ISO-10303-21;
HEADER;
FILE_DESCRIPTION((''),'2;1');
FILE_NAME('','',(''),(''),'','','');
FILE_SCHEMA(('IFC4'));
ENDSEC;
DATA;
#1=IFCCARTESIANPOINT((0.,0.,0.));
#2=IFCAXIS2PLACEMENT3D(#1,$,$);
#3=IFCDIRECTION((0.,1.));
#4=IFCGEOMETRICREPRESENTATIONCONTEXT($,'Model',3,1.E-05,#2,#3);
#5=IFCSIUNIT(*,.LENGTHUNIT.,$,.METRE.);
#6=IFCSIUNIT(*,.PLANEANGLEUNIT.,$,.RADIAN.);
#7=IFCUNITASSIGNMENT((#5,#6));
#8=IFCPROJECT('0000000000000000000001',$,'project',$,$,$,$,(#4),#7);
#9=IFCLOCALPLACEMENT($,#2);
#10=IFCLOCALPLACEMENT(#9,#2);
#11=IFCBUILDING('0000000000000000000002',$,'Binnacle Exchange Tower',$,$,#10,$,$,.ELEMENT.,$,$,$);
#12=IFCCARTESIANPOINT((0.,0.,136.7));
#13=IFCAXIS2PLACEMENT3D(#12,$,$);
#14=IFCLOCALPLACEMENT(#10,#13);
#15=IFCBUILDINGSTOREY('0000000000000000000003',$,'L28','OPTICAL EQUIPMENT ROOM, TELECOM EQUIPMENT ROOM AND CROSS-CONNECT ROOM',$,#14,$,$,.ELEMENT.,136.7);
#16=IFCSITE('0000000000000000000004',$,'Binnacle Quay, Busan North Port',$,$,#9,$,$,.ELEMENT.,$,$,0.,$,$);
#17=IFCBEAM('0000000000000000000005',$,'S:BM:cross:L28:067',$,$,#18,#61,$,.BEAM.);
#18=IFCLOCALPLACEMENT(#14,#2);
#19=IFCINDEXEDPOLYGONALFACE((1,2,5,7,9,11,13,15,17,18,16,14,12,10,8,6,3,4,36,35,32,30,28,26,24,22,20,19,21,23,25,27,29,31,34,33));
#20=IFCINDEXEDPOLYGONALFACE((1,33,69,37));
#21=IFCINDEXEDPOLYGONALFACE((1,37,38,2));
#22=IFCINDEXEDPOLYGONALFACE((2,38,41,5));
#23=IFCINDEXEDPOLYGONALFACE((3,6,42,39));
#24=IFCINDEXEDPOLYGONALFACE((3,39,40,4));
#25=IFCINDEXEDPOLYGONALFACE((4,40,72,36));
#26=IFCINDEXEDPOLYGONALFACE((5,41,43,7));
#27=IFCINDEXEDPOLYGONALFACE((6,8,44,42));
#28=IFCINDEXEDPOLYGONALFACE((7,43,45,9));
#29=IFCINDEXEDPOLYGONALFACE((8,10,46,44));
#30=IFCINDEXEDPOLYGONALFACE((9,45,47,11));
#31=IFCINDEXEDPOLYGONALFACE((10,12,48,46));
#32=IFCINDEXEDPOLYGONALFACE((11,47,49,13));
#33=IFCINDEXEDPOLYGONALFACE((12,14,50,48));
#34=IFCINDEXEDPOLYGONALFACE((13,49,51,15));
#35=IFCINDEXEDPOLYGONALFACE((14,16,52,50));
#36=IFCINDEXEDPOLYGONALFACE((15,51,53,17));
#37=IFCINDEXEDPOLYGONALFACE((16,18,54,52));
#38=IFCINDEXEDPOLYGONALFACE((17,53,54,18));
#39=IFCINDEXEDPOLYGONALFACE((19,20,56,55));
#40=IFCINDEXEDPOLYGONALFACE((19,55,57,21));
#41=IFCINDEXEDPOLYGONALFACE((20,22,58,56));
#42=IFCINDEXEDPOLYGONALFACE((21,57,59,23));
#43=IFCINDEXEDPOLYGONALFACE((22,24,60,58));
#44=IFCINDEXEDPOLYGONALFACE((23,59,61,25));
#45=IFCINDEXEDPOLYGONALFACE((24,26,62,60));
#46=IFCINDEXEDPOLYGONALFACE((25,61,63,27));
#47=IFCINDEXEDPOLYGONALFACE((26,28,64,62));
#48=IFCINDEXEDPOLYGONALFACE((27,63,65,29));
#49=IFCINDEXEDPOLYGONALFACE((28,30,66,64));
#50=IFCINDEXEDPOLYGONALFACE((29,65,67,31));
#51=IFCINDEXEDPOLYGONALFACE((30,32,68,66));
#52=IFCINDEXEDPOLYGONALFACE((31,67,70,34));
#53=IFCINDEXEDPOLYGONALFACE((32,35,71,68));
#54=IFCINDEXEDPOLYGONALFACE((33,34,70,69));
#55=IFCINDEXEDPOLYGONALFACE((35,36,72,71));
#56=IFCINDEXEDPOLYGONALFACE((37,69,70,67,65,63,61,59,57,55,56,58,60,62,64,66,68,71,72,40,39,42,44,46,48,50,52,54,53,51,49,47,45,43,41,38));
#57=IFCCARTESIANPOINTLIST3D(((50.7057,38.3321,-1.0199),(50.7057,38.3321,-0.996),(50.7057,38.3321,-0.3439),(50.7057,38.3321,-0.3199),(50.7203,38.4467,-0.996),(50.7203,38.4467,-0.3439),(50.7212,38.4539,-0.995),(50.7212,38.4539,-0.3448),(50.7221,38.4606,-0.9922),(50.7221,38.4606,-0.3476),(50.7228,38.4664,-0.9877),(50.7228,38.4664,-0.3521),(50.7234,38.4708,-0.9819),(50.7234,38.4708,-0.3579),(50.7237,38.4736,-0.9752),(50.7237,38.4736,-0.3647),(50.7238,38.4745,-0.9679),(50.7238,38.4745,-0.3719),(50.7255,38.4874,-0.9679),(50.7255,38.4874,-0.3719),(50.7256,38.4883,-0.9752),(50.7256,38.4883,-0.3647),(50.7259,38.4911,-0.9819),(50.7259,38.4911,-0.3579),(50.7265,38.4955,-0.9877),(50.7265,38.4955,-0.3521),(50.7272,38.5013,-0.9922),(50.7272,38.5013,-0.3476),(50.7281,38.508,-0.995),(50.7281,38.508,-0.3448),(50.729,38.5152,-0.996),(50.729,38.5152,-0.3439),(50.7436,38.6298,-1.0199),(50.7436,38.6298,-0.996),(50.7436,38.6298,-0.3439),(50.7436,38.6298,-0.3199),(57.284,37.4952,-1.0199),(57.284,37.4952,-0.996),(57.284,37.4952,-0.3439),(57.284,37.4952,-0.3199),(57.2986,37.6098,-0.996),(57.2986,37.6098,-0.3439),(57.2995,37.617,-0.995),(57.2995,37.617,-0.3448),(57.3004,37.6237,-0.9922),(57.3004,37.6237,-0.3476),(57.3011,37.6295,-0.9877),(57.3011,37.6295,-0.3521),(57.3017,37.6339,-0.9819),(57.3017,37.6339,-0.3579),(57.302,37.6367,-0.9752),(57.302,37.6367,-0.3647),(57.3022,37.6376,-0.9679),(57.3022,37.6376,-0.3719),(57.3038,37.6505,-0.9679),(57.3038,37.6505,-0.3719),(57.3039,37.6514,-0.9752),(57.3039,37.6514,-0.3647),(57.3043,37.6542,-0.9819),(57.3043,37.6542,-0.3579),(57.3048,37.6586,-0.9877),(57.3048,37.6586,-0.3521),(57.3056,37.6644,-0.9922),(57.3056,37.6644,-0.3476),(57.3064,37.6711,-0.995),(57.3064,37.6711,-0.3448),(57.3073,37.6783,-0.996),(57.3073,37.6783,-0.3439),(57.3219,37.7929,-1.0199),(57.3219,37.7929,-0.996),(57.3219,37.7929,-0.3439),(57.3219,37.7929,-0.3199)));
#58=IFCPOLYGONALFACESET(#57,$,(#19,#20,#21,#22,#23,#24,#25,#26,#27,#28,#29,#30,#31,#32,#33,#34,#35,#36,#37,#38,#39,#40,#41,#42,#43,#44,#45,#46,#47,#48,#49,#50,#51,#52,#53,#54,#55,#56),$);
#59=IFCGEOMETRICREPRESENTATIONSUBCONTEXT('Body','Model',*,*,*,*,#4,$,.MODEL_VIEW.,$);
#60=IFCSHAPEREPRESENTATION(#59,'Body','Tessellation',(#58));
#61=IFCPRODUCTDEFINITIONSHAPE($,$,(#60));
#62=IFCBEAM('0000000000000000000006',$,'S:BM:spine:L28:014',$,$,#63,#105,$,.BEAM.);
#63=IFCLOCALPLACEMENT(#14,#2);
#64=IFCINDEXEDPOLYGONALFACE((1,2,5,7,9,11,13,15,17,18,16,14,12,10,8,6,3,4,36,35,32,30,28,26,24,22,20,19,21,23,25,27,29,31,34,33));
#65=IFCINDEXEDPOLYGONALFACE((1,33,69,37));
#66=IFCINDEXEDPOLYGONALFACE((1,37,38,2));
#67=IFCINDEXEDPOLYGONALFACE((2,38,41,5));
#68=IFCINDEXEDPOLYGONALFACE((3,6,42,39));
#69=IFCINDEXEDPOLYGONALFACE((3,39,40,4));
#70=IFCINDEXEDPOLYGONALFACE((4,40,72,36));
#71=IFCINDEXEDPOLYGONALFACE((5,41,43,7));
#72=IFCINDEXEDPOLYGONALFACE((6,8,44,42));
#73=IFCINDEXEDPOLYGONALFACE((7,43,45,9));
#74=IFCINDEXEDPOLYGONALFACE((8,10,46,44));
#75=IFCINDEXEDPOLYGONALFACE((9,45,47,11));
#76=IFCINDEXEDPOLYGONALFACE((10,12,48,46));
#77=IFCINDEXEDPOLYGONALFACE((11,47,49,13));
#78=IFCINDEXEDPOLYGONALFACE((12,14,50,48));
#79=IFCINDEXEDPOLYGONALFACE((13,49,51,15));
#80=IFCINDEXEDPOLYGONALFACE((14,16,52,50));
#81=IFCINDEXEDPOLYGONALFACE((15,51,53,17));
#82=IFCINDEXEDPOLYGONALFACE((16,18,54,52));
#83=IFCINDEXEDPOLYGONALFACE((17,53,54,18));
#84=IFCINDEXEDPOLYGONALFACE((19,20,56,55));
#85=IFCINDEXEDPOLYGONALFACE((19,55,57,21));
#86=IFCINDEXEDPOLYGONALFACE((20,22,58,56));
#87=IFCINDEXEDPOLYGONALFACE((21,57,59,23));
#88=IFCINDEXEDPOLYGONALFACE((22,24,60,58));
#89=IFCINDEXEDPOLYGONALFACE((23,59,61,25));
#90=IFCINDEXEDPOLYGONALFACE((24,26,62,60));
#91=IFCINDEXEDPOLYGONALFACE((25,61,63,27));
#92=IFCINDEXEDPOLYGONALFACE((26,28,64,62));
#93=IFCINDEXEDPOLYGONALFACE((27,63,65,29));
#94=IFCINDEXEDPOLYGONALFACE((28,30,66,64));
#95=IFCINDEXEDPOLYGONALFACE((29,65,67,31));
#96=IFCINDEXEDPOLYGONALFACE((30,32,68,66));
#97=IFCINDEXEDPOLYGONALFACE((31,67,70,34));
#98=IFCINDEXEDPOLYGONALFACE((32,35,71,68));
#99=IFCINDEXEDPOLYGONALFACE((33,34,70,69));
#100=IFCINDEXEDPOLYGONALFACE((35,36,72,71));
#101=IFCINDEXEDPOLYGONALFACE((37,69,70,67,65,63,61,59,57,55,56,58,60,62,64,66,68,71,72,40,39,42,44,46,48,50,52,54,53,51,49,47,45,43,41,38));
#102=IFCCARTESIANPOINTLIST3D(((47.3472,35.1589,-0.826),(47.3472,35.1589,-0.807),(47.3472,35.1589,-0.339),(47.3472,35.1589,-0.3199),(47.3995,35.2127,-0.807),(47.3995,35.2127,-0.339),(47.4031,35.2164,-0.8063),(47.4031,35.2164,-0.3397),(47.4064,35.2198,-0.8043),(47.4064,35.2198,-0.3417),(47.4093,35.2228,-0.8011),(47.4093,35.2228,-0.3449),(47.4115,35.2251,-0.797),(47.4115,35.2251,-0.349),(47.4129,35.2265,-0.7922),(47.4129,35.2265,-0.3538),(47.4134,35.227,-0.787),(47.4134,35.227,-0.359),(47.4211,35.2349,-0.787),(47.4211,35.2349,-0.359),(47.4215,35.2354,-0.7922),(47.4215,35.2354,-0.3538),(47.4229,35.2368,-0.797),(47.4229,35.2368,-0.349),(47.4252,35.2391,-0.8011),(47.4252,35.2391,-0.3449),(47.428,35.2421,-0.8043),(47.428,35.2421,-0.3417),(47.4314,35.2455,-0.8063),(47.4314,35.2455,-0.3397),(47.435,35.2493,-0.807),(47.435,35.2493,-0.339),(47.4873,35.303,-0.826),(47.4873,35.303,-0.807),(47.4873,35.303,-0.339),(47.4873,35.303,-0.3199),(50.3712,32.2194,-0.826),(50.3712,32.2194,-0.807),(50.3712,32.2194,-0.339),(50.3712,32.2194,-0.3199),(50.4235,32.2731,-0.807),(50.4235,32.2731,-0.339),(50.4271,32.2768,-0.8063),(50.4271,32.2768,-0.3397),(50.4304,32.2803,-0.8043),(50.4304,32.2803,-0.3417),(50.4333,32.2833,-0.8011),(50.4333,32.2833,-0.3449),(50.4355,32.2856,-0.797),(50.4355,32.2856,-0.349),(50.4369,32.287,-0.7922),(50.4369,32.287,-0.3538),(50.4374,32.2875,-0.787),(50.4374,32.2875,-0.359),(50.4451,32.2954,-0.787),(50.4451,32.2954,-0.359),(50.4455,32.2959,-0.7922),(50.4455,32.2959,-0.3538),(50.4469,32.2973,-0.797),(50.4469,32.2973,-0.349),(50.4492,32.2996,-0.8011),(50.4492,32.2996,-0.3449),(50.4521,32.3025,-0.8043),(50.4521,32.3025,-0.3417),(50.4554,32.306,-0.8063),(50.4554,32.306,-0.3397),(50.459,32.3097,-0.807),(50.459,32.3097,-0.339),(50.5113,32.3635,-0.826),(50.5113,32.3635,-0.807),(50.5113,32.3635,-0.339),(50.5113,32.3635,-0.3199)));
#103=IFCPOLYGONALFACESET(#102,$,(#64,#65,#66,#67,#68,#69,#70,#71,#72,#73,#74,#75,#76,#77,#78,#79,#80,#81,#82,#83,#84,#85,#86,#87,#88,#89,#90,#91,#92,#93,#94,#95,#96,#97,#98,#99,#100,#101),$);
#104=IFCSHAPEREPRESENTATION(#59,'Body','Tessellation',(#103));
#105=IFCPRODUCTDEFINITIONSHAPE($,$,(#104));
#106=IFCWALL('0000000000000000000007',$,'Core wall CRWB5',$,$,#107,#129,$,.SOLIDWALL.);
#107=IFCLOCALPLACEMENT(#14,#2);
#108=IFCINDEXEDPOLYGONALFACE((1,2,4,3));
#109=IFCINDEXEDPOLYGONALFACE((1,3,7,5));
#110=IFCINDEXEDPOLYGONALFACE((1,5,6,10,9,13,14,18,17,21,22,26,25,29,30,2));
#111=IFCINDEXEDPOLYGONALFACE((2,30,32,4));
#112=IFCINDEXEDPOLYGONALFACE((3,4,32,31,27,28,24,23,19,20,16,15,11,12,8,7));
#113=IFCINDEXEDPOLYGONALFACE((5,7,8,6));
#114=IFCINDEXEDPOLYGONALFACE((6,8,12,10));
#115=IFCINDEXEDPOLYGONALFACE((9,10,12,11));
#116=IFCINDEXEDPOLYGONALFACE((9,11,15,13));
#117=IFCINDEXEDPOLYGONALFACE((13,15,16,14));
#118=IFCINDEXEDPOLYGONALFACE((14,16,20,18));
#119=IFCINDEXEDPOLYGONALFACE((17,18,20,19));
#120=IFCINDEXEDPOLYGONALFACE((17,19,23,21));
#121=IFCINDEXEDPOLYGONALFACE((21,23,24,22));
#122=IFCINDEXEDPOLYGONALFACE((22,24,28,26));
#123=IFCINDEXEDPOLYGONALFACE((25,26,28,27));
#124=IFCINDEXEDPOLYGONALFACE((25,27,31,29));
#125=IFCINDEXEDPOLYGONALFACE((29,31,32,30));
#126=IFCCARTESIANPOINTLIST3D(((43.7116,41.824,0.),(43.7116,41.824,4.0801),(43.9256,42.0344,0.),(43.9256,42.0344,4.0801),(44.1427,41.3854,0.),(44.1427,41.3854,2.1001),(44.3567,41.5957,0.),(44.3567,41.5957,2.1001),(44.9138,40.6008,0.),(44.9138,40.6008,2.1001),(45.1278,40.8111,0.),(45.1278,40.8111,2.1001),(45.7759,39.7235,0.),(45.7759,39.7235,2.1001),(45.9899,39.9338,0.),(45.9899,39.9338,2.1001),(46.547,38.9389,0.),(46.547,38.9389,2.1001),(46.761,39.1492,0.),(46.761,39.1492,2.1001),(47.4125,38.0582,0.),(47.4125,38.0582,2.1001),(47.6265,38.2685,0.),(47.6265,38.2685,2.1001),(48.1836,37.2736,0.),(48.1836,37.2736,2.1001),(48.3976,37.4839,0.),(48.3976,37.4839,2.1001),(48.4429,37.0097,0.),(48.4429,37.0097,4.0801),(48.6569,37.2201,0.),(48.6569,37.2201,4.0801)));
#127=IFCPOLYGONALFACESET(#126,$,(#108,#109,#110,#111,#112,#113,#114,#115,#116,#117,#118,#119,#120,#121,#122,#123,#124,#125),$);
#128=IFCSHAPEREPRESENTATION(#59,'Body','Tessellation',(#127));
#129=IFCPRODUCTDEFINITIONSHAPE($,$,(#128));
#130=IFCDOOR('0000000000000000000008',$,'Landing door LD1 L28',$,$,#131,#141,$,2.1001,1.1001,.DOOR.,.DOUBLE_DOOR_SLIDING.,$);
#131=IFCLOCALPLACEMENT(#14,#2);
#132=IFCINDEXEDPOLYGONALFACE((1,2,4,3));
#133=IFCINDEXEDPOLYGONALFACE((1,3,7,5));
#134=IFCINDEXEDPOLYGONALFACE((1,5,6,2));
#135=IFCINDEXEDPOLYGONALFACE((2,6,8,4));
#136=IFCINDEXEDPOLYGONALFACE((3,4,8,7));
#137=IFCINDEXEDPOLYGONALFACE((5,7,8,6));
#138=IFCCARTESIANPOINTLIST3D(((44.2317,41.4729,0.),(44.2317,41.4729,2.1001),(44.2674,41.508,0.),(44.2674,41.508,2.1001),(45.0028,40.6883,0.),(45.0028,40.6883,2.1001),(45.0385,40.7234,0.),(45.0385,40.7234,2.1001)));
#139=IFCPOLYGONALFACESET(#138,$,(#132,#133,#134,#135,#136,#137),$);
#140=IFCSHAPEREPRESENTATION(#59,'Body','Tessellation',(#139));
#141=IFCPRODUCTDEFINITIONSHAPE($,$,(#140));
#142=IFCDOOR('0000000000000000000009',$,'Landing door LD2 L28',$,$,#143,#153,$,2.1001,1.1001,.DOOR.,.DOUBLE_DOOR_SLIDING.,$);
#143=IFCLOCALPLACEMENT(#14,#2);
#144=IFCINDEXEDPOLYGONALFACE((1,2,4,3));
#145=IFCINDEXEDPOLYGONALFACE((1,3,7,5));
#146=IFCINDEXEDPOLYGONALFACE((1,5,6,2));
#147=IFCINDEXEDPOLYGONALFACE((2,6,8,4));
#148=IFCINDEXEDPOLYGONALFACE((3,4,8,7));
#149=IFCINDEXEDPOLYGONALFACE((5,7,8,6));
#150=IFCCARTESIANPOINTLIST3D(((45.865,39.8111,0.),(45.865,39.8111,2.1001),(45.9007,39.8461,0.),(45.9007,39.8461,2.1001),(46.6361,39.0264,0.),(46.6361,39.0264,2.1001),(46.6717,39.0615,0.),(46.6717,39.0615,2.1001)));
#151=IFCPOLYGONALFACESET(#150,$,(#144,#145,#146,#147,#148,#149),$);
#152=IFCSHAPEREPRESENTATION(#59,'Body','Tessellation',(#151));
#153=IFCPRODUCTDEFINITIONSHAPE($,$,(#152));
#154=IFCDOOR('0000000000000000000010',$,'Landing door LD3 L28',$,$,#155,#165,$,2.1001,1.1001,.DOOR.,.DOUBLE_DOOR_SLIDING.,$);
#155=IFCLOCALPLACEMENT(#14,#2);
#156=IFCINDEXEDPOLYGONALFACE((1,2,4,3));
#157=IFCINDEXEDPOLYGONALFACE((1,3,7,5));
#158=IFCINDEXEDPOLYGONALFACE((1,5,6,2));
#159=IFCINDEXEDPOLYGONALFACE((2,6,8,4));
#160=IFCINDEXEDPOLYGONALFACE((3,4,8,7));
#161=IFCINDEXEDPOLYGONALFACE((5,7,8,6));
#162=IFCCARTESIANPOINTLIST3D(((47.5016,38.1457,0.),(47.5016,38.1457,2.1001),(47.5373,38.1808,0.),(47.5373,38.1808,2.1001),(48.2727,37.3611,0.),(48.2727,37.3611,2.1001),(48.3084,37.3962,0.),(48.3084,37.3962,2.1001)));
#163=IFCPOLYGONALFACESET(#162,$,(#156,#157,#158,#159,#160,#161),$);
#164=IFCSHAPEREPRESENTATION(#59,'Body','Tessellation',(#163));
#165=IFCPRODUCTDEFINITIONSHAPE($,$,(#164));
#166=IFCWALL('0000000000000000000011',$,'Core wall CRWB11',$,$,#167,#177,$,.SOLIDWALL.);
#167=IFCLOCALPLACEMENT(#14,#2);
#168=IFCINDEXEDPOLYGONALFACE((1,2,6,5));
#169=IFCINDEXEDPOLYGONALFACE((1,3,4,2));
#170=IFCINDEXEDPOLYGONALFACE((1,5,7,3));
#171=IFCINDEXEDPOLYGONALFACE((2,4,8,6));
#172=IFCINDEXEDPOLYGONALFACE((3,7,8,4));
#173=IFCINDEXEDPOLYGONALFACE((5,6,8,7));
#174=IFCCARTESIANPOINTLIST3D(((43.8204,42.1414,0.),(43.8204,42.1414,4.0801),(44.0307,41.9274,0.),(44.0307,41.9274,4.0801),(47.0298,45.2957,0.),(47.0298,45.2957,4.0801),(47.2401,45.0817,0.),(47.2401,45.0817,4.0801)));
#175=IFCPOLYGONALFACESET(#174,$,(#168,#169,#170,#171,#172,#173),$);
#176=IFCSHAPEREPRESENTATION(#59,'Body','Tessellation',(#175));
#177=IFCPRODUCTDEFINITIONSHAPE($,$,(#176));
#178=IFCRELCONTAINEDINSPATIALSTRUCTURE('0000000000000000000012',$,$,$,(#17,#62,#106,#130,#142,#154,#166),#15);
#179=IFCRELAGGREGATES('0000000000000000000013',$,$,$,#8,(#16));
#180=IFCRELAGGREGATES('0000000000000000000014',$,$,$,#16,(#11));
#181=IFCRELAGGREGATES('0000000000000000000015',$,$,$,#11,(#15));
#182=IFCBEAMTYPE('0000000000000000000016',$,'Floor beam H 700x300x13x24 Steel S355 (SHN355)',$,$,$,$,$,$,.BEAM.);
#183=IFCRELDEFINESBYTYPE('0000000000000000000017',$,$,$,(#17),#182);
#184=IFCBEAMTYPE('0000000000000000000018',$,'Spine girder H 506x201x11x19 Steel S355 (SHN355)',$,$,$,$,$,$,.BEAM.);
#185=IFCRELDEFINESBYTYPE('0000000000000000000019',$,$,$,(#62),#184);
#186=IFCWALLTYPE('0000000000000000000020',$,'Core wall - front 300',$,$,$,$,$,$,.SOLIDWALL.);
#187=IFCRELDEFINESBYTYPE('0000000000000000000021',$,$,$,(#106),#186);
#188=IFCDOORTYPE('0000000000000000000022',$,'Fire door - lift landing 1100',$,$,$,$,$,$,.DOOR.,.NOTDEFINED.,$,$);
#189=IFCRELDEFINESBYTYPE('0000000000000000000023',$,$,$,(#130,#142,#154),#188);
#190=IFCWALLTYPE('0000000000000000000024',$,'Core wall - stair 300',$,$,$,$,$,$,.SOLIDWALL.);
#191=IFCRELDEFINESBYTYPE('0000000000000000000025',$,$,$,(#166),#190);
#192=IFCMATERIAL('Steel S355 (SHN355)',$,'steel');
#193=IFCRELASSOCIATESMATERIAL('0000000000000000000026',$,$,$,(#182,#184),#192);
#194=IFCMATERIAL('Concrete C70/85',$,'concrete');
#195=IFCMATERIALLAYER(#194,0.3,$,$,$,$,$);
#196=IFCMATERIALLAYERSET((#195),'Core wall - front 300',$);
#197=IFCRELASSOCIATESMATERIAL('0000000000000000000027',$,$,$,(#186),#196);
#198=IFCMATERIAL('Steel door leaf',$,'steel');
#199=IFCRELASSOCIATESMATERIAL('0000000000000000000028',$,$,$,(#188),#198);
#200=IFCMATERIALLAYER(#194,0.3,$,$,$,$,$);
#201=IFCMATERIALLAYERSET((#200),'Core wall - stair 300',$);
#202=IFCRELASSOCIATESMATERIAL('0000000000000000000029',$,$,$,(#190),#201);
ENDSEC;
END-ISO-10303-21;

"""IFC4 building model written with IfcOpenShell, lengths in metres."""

from ifc_helpers import new_model, si_unit, direction, frame, frame_2d, origin, origin_2d, place, context, subcontext, project, spatial, rectangle, i_section, extrude, material, layer, layer_set, material_profile, profile_set, type_object, element, fill, save


model = new_model("IFC4")

# Units and contexts
model_context = context("Model", 3, precision=1e-05, world=origin(), true_north=direction((0.0, 1.0)))
body_context = subcontext(model_context, "Body", "Model", "MODEL_VIEW")
ifc_project = project(units=[si_unit("LENGTHUNIT", "METRE"), si_unit("PLANEANGLEUNIT", "RADIAN")], contexts=[model_context])

# Site, building, storey
site_placement = place(None, origin())
site = spatial("IfcSite", under=ifc_project, at=site_placement, Name="Binnacle Quay, Busan North Port", CompositionType="ELEMENT", RefElevation=0.0)
building_placement = place(site_placement, origin())
building = spatial("IfcBuilding", under=site, at=building_placement, Name="Binnacle Exchange Tower", CompositionType="ELEMENT")
storey_placement = place(building_placement, frame((0.0, 0.0, 136.7)))
storey = spatial("IfcBuildingStorey", under=building, at=storey_placement, Name="L28", Description="OPTICAL EQUIPMENT ROOM, TELECOM EQUIPMENT ROOM AND CROSS-CONNECT ROOM", CompositionType="ELEMENT", Elevation=136.7)

# Shared definitions
ifc_material_1 = material(Name="Concrete C70/85", Category="concrete")

# Beams
ifc_material_2 = material(Name="Steel S355 (SHN355)", Category="steel")
ifc_material_profile_1 = material_profile(ifc_material_2, i_section(OverallWidth=0.3, OverallDepth=0.7, WebThickness=0.0129, FlangeThickness=0.0239, FilletRadius=0.0281, at=origin_2d()), Name="H 700x300x13x24")
ifc_profile_set_1 = profile_set([ifc_material_profile_1], Name="Steel S355 (SHN355)")
beam_type_1 = type_object("IfcBeamType", Name="Floor beam H 700x300x13x24 Steel S355 (SHN355)", PredefinedType="BEAM", material=ifc_profile_set_1)
beam_1_placement = place(storey_placement, frame((57.303, 37.644, -0.6699), z_axis=(-0.992004, 0.126205, 0.0), x_axis=(-0.126205, -0.992004, 0.0)))
element("IfcBeam", 1, at=beam_1_placement, inside=storey, type_object=beam_type_1, Name="S:BM:cross:L28:067", PredefinedType="BEAM", context=body_context, shape_type="SweptSolid", body=[
    extrude(i_section(OverallWidth=0.3, OverallDepth=0.7, WebThickness=0.0129, FlangeThickness=0.0239, FilletRadius=0.0281, at=origin_2d()), origin(), (0.0, 0.0, 1.0), 6.6313),
])
ifc_material_profile_2 = material_profile(ifc_material_2, i_section(OverallWidth=0.2009, OverallDepth=0.5061, WebThickness=0.011, FlangeThickness=0.019, FilletRadius=0.02, at=origin_2d()), Name="H 506x201x11x19")
ifc_profile_set_2 = profile_set([ifc_material_profile_2], Name="Steel S355 (SHN355)")
beam_type_2 = type_object("IfcBeamType", Name="Spine girder H 506x201x11x19 Steel S355 (SHN355)", PredefinedType="BEAM", material=ifc_profile_set_2)
beam_2_placement = place(storey_placement, frame((47.4172, 35.231, -0.573), z_axis=(0.717051, -0.697021, 0.0), x_axis=(0.697021, 0.717051, 0.0)))
element("IfcBeam", 2, at=beam_2_placement, inside=storey, type_object=beam_type_2, Name="S:BM:spine:L28:014", PredefinedType="BEAM", context=body_context, shape_type="SweptSolid", body=[
    extrude(i_section(OverallWidth=0.2009, OverallDepth=0.5061, WebThickness=0.011, FlangeThickness=0.019, FilletRadius=0.02, at=origin_2d()), origin(), (0.0, 0.0, 1.0), 4.2173),
])

# Wall, openings, doors
ifc_layer_1 = layer(ifc_material_1, 0.3)
ifc_layer_set_1 = layer_set([ifc_layer_1], Name="Core wall - front 300")
wall_type_1 = type_object("IfcWallType", Name="Core wall - front 300", PredefinedType="SOLIDWALL", material=ifc_layer_set_1)
wall_1_placement = place(storey_placement, frame((43.8186, 41.9292, 0.0), z_axis=(0.0, 0.0, 1.0), x_axis=(0.700931, -0.713229, 0.0)))
wall_1 = element("IfcWall", 3, at=wall_1_placement, inside=storey, type_object=wall_type_1, Name="Core wall CRWB5", PredefinedType="SOLIDWALL", context=body_context, shape_type="SweptSolid", body=[
    extrude(rectangle(XDim=6.75, YDim=0.3, at=frame_2d((3.375, 0.0))), origin(), (0.0, 0.0, 1.0), 4.0801),
])
opening_1_placement = place(wall_1_placement, frame((0.615, 0.0, 0.0)))
opening_1 = element("IfcOpeningElement", 4, at=opening_1_placement, cuts=wall_1, PredefinedType="OPENING", context=body_context, shape_type="SweptSolid", body=[
    extrude(rectangle(XDim=1.1001, YDim=2.1001, at=frame_2d((0.55, 1.05))), frame((0.0, 0.1599, 0.0), z_axis=(0.0, -1.0, 0.0), x_axis=(1.0, 0.0, 0.0)), (0.0, 0.0, 1.0), 0.3201),
])
opening_2_placement = place(wall_1_placement, frame((2.9451, 0.0, 0.0)))
opening_2 = element("IfcOpeningElement", 5, at=opening_2_placement, cuts=wall_1, PredefinedType="OPENING", context=body_context, shape_type="SweptSolid", body=[
    extrude(rectangle(XDim=1.1001, YDim=2.1001, at=frame_2d((0.55, 1.05))), frame((0.0, 0.1599, 0.0), z_axis=(0.0, -1.0, 0.0), x_axis=(1.0, 0.0, 0.0)), (0.0, 0.0, 1.0), 0.3201),
])
opening_3_placement = place(wall_1_placement, frame((5.28, 0.0, 0.0)))
opening_3 = element("IfcOpeningElement", 6, at=opening_3_placement, cuts=wall_1, PredefinedType="OPENING", context=body_context, shape_type="SweptSolid", body=[
    extrude(rectangle(XDim=1.1001, YDim=2.1001, at=frame_2d((0.55, 1.05))), frame((0.0, 0.1599, 0.0), z_axis=(0.0, -1.0, 0.0), x_axis=(1.0, 0.0, 0.0)), (0.0, 0.0, 1.0), 0.3201),
])
ifc_material_3 = material(Name="Steel door leaf", Category="steel")
door_type_1 = type_object("IfcDoorType", Name="Fire door - lift landing 1100", OperationType="NOTDEFINED", PredefinedType="DOOR", material=ifc_material_3)
door_1_placement = place(opening_1_placement, origin())
door_1 = element("IfcDoor", 7, at=door_1_placement, inside=storey, type_object=door_type_1, Name="Landing door LD1 L28", OperationType="DOUBLE_DOOR_SLIDING", OverallHeight=2.1001, OverallWidth=1.1001, PredefinedType="DOOR", context=body_context, shape_type="SweptSolid", body=[
    extrude(rectangle(XDim=1.1001, YDim=2.1001, at=frame_2d((0.55, 1.05))), frame((0.0, 0.0249, 0.0), z_axis=(0.0, -1.0, 0.0), x_axis=(1.0, 0.0, 0.0)), (0.0, 0.0, 1.0), 0.05),
])
fill(opening_1, door_1)
door_2_placement = place(opening_2_placement, origin())
door_2 = element("IfcDoor", 8, at=door_2_placement, inside=storey, type_object=door_type_1, Name="Landing door LD2 L28", OperationType="DOUBLE_DOOR_SLIDING", OverallHeight=2.1001, OverallWidth=1.1001, PredefinedType="DOOR", context=body_context, shape_type="SweptSolid", body=[
    extrude(rectangle(XDim=1.1001, YDim=2.1001, at=frame_2d((0.55, 1.05))), frame((0.0, 0.0249, 0.0), z_axis=(0.0, -1.0, 0.0), x_axis=(1.0, 0.0, 0.0)), (0.0, 0.0, 1.0), 0.05),
])
fill(opening_2, door_2)
door_3_placement = place(opening_3_placement, origin())
door_3 = element("IfcDoor", 9, at=door_3_placement, inside=storey, type_object=door_type_1, Name="Landing door LD3 L28", OperationType="DOUBLE_DOOR_SLIDING", OverallHeight=2.1001, OverallWidth=1.1001, PredefinedType="DOOR", context=body_context, shape_type="SweptSolid", body=[
    extrude(rectangle(XDim=1.1001, YDim=2.1001, at=frame_2d((0.55, 1.05))), frame((0.0, 0.0249, 0.0), z_axis=(0.0, -1.0, 0.0), x_axis=(1.0, 0.0, 0.0)), (0.0, 0.0, 1.0), 0.05),
])
fill(opening_3, door_3)

# Wall
ifc_layer_2 = layer(ifc_material_1, 0.3)
ifc_layer_set_2 = layer_set([ifc_layer_2], Name="Core wall - stair 300")
wall_type_2 = type_object("IfcWallType", Name="Core wall - stair 300", PredefinedType="SOLIDWALL", material=ifc_layer_set_2)
wall_2_placement = place(storey_placement, frame((43.9255, 42.0344, 0.0), z_axis=(0.0, 0.0, 1.0), x_axis=(0.713211, 0.70095, 0.0)))
element("IfcWall", 10, at=wall_2_placement, inside=storey, type_object=wall_type_2, Name="Core wall CRWB11", PredefinedType="SOLIDWALL", context=body_context, shape_type="SweptSolid", body=[
    extrude(rectangle(XDim=4.5, YDim=0.3, at=frame_2d((2.25, 0.0))), origin(), (0.0, 0.0, 1.0), 4.0801),
])

save(model, "model.ifc")
